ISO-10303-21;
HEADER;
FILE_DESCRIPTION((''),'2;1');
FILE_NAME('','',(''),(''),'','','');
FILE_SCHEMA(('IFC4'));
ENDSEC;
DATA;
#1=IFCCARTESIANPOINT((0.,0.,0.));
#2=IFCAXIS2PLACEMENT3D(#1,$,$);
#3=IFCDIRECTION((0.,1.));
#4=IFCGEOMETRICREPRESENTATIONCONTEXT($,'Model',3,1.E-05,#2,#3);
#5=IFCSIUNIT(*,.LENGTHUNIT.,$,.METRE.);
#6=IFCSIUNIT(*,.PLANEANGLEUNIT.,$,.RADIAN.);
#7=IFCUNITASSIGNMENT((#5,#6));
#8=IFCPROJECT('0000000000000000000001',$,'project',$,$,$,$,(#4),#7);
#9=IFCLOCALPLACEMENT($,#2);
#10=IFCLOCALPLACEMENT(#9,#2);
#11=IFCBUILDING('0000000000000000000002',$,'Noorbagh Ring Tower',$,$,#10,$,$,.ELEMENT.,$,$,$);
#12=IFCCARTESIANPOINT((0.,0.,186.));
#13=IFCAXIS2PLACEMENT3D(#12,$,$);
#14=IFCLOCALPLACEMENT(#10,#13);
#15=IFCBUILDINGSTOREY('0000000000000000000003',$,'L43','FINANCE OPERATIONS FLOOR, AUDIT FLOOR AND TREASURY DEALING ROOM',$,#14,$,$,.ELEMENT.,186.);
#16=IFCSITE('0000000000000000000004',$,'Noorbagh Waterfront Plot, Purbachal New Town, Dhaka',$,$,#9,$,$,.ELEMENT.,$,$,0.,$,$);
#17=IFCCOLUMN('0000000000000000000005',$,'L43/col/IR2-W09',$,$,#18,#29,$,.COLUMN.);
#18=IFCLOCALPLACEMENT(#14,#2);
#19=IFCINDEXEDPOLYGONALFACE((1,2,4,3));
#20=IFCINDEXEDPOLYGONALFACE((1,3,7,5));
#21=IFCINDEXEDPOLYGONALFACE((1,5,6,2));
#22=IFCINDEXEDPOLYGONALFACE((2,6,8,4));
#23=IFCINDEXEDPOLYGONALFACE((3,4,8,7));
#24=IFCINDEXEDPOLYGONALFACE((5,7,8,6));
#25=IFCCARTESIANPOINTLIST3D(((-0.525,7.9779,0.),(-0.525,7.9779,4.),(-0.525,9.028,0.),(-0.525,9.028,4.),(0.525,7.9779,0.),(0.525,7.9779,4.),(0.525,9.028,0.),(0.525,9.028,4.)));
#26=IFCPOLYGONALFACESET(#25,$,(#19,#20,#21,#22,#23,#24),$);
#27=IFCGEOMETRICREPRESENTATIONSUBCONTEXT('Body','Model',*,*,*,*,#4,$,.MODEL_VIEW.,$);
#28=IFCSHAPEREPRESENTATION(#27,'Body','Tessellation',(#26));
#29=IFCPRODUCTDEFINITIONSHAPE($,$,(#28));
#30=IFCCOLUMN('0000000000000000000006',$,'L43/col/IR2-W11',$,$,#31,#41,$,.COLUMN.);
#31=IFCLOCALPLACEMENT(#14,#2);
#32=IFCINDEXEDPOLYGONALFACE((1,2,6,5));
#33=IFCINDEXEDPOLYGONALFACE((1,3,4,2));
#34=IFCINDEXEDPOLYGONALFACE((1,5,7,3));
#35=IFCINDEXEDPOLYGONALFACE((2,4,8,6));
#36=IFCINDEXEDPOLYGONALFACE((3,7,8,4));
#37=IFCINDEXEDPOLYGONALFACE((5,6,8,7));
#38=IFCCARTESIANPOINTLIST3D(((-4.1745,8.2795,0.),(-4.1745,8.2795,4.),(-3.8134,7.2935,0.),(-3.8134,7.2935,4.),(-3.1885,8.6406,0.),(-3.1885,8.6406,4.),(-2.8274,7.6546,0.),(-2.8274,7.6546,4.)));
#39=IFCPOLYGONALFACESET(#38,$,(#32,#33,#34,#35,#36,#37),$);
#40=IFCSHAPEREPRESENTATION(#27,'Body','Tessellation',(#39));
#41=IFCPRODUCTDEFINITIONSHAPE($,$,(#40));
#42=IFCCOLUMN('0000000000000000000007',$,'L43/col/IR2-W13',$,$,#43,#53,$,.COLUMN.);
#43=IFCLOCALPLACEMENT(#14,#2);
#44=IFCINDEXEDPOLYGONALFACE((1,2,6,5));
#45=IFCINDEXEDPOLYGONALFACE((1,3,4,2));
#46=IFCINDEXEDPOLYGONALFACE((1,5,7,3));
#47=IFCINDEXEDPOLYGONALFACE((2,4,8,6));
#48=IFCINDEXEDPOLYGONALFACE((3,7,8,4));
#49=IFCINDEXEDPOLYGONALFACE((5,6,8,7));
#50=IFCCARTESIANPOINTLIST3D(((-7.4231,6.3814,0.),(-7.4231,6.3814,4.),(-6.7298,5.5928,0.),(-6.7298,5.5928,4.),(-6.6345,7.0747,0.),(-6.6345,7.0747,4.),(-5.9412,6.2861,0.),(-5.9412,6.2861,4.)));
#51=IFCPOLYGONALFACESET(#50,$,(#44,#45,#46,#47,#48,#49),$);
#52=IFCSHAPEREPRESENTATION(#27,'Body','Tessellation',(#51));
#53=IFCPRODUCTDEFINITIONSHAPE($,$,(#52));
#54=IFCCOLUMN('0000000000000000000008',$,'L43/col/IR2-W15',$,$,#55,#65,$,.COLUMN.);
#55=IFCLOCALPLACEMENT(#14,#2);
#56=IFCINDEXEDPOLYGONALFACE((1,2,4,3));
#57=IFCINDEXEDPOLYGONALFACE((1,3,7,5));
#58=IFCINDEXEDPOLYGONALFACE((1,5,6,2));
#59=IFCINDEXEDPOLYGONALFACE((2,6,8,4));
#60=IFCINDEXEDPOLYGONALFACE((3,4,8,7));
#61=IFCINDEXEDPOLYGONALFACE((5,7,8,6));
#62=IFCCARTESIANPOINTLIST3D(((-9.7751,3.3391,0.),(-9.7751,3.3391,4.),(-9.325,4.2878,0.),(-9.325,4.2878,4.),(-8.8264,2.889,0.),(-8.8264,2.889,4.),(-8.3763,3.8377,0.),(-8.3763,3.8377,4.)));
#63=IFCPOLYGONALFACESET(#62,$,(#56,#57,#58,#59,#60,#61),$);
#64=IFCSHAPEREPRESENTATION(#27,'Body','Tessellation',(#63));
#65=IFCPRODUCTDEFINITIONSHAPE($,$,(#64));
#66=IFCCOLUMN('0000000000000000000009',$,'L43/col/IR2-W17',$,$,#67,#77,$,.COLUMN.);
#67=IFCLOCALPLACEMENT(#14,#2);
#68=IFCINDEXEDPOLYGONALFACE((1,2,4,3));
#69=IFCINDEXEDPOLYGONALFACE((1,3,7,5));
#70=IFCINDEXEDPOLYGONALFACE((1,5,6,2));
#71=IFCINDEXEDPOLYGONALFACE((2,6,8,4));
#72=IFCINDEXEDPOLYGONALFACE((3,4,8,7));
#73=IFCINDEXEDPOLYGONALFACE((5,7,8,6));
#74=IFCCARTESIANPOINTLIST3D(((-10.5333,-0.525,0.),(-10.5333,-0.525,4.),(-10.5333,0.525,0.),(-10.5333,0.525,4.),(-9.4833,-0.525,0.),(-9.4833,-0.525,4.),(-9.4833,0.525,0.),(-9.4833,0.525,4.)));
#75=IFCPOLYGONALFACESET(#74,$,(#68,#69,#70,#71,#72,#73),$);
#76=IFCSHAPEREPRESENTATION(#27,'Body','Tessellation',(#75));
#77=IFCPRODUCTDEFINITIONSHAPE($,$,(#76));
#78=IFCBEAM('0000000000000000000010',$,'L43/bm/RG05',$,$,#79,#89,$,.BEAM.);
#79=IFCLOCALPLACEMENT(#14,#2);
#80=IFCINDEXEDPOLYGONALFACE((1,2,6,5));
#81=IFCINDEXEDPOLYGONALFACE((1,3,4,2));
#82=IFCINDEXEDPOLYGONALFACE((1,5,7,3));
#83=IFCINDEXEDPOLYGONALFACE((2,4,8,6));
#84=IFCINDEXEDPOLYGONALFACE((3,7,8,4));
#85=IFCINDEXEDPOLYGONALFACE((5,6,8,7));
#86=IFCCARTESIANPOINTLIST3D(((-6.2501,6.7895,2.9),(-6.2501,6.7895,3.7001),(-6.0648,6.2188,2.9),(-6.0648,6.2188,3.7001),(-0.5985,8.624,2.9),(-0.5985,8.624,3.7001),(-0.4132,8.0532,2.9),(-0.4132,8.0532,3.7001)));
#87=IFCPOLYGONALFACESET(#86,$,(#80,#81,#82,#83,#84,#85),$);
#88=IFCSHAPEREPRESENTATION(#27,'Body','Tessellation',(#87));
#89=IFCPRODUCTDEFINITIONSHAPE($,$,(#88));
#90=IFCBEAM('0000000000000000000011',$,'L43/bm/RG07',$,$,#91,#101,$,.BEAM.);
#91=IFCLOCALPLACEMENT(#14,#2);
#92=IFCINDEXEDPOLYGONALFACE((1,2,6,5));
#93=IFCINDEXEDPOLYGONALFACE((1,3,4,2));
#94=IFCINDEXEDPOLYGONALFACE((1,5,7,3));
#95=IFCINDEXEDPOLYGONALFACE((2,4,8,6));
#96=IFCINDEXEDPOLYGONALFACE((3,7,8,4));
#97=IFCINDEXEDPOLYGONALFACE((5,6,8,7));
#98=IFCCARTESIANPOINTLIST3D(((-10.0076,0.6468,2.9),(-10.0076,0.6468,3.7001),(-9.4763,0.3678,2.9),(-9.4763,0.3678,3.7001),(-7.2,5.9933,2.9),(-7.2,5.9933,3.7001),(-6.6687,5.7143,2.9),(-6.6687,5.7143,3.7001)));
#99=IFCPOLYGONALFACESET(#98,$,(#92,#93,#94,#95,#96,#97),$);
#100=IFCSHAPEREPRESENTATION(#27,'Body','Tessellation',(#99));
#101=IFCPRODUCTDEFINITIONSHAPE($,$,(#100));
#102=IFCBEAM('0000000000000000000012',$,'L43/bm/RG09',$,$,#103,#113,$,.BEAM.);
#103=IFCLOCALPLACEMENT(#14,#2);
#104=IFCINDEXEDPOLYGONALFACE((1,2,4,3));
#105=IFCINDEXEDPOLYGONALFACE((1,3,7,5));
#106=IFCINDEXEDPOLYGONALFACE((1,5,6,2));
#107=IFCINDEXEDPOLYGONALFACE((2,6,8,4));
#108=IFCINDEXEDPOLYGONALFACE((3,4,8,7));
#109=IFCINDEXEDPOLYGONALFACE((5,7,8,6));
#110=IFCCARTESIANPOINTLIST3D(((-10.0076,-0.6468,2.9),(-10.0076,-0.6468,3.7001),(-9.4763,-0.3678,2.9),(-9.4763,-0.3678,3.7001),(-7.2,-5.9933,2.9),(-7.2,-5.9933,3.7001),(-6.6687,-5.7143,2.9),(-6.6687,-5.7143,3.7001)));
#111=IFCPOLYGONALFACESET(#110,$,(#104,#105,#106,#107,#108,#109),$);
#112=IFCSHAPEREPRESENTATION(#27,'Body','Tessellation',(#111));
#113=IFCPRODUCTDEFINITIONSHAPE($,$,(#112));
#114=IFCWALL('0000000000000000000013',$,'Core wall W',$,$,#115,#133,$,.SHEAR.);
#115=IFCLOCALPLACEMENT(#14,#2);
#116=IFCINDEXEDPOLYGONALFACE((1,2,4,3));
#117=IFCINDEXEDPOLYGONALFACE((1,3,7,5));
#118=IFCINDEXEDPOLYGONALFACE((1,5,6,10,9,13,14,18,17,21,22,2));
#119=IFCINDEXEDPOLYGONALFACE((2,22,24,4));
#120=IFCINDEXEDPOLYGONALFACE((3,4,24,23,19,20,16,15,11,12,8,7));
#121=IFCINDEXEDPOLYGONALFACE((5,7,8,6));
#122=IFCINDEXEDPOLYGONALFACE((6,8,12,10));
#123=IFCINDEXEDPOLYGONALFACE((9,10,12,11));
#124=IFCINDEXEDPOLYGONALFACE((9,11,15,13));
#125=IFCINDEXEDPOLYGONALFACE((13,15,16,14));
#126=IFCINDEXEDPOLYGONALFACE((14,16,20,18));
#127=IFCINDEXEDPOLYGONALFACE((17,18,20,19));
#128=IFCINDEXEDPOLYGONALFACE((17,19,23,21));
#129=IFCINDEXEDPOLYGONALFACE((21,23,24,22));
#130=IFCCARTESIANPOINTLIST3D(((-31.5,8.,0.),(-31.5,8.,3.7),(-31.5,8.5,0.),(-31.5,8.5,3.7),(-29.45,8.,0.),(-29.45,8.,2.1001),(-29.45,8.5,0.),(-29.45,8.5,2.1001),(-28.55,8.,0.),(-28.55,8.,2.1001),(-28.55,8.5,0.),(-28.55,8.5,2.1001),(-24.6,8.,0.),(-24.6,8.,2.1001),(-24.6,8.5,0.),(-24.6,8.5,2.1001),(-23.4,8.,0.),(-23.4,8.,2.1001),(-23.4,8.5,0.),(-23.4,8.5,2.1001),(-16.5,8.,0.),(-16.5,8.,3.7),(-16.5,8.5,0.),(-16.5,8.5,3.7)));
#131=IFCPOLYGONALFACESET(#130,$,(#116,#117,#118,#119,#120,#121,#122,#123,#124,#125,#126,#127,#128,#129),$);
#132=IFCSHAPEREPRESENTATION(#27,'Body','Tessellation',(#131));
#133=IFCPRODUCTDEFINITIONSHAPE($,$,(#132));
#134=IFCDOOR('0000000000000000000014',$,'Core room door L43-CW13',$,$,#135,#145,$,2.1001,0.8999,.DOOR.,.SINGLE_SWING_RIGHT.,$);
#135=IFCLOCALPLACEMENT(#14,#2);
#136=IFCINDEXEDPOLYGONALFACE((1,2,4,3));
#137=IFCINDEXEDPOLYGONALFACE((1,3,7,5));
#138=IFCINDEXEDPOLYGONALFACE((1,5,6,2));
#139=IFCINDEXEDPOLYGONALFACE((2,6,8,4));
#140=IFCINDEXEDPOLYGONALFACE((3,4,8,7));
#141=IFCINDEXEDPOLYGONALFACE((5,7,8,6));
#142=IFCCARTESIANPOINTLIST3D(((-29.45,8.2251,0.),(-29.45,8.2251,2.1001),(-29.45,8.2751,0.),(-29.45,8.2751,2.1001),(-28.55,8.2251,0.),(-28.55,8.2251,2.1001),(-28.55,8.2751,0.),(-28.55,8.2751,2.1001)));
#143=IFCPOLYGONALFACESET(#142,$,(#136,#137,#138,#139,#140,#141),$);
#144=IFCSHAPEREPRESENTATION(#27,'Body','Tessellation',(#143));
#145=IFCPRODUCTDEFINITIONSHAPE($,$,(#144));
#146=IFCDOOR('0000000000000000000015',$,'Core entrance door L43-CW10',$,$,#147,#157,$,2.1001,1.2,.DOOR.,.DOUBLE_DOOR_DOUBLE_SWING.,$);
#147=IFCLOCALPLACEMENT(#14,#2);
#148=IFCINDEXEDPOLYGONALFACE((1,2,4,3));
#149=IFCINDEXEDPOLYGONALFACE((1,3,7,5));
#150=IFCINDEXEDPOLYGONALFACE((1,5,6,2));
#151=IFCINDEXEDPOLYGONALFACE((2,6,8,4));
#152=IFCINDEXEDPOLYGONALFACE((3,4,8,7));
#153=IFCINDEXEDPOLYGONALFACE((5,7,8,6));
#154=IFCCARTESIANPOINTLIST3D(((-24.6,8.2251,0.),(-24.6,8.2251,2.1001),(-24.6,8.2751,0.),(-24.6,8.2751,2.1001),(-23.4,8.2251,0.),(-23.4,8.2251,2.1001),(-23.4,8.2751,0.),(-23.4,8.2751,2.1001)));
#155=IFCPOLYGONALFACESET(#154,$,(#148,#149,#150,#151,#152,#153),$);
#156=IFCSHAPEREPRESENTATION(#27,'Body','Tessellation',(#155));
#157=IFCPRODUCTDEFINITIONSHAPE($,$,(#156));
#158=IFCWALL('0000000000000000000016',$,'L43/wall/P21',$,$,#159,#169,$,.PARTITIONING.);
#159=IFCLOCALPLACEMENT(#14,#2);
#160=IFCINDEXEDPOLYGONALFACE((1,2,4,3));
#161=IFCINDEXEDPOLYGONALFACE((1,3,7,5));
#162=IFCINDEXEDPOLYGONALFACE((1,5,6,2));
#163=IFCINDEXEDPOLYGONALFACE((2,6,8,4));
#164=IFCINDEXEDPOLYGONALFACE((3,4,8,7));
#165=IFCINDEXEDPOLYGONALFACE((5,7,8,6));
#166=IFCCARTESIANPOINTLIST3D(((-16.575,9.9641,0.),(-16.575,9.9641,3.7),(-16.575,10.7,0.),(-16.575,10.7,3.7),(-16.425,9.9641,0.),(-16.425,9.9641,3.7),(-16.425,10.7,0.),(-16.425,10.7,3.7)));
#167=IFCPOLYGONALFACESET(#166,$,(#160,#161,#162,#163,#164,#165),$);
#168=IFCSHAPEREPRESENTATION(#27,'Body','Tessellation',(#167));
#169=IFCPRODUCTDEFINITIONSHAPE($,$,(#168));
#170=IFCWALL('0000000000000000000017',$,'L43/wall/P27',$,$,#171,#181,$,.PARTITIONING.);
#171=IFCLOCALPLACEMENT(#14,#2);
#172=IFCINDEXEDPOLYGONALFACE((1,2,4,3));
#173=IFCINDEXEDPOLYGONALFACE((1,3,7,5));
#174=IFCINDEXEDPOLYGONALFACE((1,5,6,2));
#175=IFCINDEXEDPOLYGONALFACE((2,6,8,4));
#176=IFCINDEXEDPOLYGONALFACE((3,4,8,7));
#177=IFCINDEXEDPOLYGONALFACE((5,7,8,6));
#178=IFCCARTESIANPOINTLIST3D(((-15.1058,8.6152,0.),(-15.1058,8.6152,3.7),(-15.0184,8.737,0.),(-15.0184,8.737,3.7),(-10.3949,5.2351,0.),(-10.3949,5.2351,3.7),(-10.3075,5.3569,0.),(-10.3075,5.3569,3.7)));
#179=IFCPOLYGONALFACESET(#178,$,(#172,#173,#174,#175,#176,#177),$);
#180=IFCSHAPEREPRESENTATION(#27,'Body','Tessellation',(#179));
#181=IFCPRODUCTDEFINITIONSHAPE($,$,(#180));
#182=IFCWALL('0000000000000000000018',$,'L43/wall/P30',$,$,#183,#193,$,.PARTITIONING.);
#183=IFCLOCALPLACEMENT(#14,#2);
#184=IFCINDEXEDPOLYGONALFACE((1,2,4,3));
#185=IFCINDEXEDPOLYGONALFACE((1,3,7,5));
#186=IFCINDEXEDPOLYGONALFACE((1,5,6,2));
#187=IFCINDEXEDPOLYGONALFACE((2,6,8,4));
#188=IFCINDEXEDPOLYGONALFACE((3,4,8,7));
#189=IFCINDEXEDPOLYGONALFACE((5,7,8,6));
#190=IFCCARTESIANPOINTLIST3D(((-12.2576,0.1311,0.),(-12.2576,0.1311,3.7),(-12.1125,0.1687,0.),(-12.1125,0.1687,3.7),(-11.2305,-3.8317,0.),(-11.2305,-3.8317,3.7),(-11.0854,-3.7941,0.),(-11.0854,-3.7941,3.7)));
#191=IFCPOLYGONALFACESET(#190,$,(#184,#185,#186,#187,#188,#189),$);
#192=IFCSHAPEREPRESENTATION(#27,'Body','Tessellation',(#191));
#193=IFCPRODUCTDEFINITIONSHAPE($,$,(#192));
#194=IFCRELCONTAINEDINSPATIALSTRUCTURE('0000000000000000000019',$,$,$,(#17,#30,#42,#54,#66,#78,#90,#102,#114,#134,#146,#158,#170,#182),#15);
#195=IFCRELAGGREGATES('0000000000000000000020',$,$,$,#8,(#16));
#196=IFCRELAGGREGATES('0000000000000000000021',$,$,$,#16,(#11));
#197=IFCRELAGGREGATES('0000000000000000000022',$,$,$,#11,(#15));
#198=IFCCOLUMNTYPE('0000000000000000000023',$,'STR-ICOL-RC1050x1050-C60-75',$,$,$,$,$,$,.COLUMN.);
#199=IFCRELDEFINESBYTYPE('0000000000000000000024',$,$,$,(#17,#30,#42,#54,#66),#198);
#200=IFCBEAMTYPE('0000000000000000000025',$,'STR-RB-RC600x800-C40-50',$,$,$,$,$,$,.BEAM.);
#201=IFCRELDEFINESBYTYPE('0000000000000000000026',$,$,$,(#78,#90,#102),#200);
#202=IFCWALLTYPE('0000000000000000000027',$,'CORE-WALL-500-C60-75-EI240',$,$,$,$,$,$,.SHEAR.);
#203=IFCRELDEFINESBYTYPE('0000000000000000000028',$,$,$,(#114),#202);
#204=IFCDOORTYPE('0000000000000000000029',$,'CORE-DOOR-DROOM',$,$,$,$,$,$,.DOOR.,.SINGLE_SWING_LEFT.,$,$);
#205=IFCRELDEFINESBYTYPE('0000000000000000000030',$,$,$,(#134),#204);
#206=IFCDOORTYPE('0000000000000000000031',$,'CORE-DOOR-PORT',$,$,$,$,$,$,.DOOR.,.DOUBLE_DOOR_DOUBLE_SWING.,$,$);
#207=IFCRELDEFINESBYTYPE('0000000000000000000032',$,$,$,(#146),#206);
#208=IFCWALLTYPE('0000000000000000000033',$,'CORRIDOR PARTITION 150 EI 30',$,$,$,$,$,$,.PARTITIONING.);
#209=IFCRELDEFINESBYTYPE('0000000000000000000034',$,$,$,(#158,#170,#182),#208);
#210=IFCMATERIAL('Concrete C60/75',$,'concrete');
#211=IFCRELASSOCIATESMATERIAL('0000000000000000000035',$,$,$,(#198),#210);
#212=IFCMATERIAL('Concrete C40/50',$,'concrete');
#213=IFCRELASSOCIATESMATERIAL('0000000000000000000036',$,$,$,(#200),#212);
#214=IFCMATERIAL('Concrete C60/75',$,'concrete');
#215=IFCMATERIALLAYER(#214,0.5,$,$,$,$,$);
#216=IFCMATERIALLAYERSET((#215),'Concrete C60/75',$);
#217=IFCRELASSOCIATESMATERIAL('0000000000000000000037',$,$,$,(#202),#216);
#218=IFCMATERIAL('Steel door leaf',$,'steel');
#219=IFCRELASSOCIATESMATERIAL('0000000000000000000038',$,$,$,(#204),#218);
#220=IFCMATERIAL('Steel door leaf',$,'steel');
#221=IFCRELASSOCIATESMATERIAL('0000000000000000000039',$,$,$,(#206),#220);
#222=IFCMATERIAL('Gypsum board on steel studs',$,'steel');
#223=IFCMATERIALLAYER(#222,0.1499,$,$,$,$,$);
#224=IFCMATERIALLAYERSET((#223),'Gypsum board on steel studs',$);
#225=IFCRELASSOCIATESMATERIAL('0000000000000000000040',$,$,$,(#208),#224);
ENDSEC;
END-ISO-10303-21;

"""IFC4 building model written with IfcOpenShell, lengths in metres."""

from ifc_helpers import new_model, si_unit, direction, frame, frame_2d, origin, origin_2d, place, context, subcontext, project, spatial, rectangle, extrude, material, layer, layer_set, material_profile, profile_set, type_object, element, fill, save


model = new_model("IFC4")

# Units and contexts
model_context = context("Model", 3, precision=1e-05, world=origin(), true_north=direction((0.0, 1.0)))
body_context = subcontext(model_context, "Body", "Model", "MODEL_VIEW")
ifc_project = project(units=[si_unit("LENGTHUNIT", "METRE"), si_unit("PLANEANGLEUNIT", "RADIAN")], contexts=[model_context])

# Site, building, storey
site_placement = place(None, origin())
site = spatial("IfcSite", under=ifc_project, at=site_placement, Name="Noorbagh Waterfront Plot, Purbachal New Town, Dhaka", CompositionType="ELEMENT", RefElevation=0.0)
building_placement = place(site_placement, origin())
building = spatial("IfcBuilding", under=site, at=building_placement, Name="Noorbagh Ring Tower", CompositionType="ELEMENT")
storey_placement = place(building_placement, frame((0.0, 0.0, 186.0)))
storey = spatial("IfcBuildingStorey", under=building, at=storey_placement, Name="L43", Description="FINANCE OPERATIONS FLOOR, AUDIT FLOOR AND TREASURY DEALING ROOM", CompositionType="ELEMENT", Elevation=186.0)

# Columns
ifc_material_1 = material(Name="Concrete C60/75", Category="concrete")
ifc_material_profile_1 = material_profile(ifc_material_1, rectangle(XDim=1.05, YDim=1.05, at=origin_2d()), Name="RC1050x1050")
ifc_profile_set_1 = profile_set([ifc_material_profile_1], Name="Concrete C60/75")
column_type = type_object("IfcColumnType", Name="STR-ICOL-RC1050x1050-C60-75", PredefinedType="COLUMN", material=ifc_profile_set_1)
for number, where, z_axis, x_axis, name in (
    (1, (0.0, 8.5029, 0.0), (0.0, 0.0, 1.0), (-1.0, 0.0, 0.0), "L43/col/IR2-W09"),
    (2, (-3.501, 7.967, 0.0), (0.0, 0.0, 1.0), (-0.93902, -0.343864, 0.0), "L43/col/IR2-W11"),
    (3, (-6.6821, 6.3337, 0.0), (0.0, 0.0, 1.0), (-0.751022, -0.660277, 0.0), "L43/col/IR2-W13"),
    (4, (-9.0757, 3.5884, 0.0), (0.0, 0.0, 1.0), (-0.428667, -0.903463, 0.0), "L43/col/IR2-W15"),
    (5, (-10.0083, 0.0, 0.0), (0.0, 0.0, 1.0), (0.0, -1.0, 0.0), "L43/col/IR2-W17"),
):
    element("IfcColumn", number, at=place(storey_placement, frame(where, z_axis=z_axis, x_axis=x_axis)), inside=storey, type_object=column_type, Name=name, PredefinedType="COLUMN", context=body_context, shape_type="SweptSolid", body=[
        extrude(rectangle(XDim=1.05, YDim=1.05, at=origin_2d()), origin(), (0.0, 0.0, 1.0), 4.0),
    ])

# Beams
ifc_material_2 = material(Name="Concrete C40/50", Category="concrete")
ifc_material_profile_2 = material_profile(ifc_material_2, rectangle(XDim=0.6001, YDim=0.8, at=origin_2d()), Name="RC600x800")
ifc_profile_set_2 = profile_set([ifc_material_profile_2], Name="Concrete C40/50")
beam_type = type_object("IfcBeamType", Name="STR-RB-RC600x800-C40-50", PredefinedType="BEAM", material=ifc_profile_set_2)
beam_placement = place(storey_placement, frame((-0.5059, 8.3386, 3.3), z_axis=(-0.951148, -0.308736, 0.0), x_axis=(0.308736, -0.951148, 0.0)))
element("IfcBeam", 6, at=beam_placement, inside=storey, type_object=beam_type, Name="L43/bm/RG05", PredefinedType="BEAM", context=body_context, shape_type="SweptSolid", body=[
    extrude(rectangle(XDim=0.6001, YDim=0.8, at=origin_2d()), origin(), (0.0, 0.0, 1.0), 5.9419),
])
for number, where, z_axis, x_axis, name in (
    (7, (-6.9343, 5.8538, 3.3), (-0.46493, -0.885348, 0.0), (0.885348, -0.46493, 0.0), "L43/bm/RG07"),
    (8, (-9.7419, -0.5073, 3.3), (0.46493, -0.885348, 0.0), (0.885348, 0.46493, 0.0), "L43/bm/RG09"),
):
    element("IfcBeam", number, at=place(storey_placement, frame(where, z_axis=z_axis, x_axis=x_axis)), inside=storey, type_object=beam_type, Name=name, PredefinedType="BEAM", context=body_context, shape_type="SweptSolid", body=[
        extrude(rectangle(XDim=0.6001, YDim=0.8, at=origin_2d()), origin(), (0.0, 0.0, 1.0), 6.0388),
    ])

# Wall, openings, doors
ifc_material_3 = material(Name="Concrete C60/75", Category="concrete")
ifc_layer_1 = layer(ifc_material_3, 0.5)
ifc_layer_set_1 = layer_set([ifc_layer_1], Name="Concrete C60/75")
wall_type_1 = type_object("IfcWallType", Name="CORE-WALL-500-C60-75-EI240", PredefinedType="SHEAR", material=ifc_layer_set_1)
wall_1_placement = place(storey_placement, frame((-16.5, 8.25, 0.0), z_axis=(0.0, 0.0, 1.0), x_axis=(-1.0, 0.0, 0.0)))
wall_1 = element("IfcWall", 9, at=wall_1_placement, inside=storey, type_object=wall_type_1, Name="Core wall W", PredefinedType="SHEAR", context=body_context, shape_type="SweptSolid", body=[
    extrude(rectangle(XDim=15.0, YDim=0.5, at=frame_2d((7.5, 0.0))), origin(), (0.0, 0.0, 1.0), 3.7),
])
opening_1_placement = place(wall_1_placement, frame((6.8999, 0.0, 0.0)))
opening_1 = element("IfcOpeningElement", 10, at=opening_1_placement, cuts=wall_1, PredefinedType="OPENING", context=body_context, shape_type="SweptSolid", body=[
    extrude(rectangle(XDim=1.2, YDim=2.1001, at=frame_2d((0.6001, 1.05))), frame((0.0, 0.26, 0.0), z_axis=(0.0, -1.0, 0.0), x_axis=(1.0, 0.0, 0.0)), (0.0, 0.0, 1.0), 0.52),
])
opening_2_placement = place(wall_1_placement, frame((12.05, 0.0, 0.0)))
opening_2 = element("IfcOpeningElement", 11, at=opening_2_placement, cuts=wall_1, PredefinedType="OPENING", context=body_context, shape_type="SweptSolid", body=[
    extrude(rectangle(XDim=0.8999, YDim=2.1001, at=frame_2d((0.45, 1.05))), frame((0.0, 0.26, 0.0), z_axis=(0.0, -1.0, 0.0), x_axis=(1.0, 0.0, 0.0)), (0.0, 0.0, 1.0), 0.52),
])
ifc_material_4 = material(Name="Steel door leaf", Category="steel")
door_type_1 = type_object("IfcDoorType", Name="CORE-DOOR-DROOM", OperationType="SINGLE_SWING_LEFT", PredefinedType="DOOR", material=ifc_material_4)
door_1_placement = place(opening_2_placement, origin())
door_1 = element("IfcDoor", 12, at=door_1_placement, inside=storey, type_object=door_type_1, Name="Core room door L43-CW13", OperationType="SINGLE_SWING_RIGHT", OverallHeight=2.1001, OverallWidth=0.8999, PredefinedType="DOOR", context=body_context, shape_type="SweptSolid", body=[
    extrude(rectangle(XDim=0.8999, YDim=2.1001, at=frame_2d((0.45, 1.05))), frame((0.0, 0.0249, 0.0), z_axis=(0.0, -1.0, 0.0), x_axis=(1.0, 0.0, 0.0)), (0.0, 0.0, 1.0), 0.05),
])
fill(opening_2, door_1)
ifc_material_5 = material(Name="Steel door leaf", Category="steel")
door_type_2 = type_object("IfcDoorType", Name="CORE-DOOR-PORT", OperationType="DOUBLE_DOOR_DOUBLE_SWING", PredefinedType="DOOR", material=ifc_material_5)
door_2_placement = place(opening_1_placement, origin())
door_2 = element("IfcDoor", 13, at=door_2_placement, inside=storey, type_object=door_type_2, Name="Core entrance door L43-CW10", OperationType="DOUBLE_DOOR_DOUBLE_SWING", OverallHeight=2.1001, OverallWidth=1.2, PredefinedType="DOOR", context=body_context, shape_type="SweptSolid", body=[
    extrude(rectangle(XDim=1.2, YDim=2.1001, at=frame_2d((0.6001, 1.05))), frame((0.0, 0.0249, 0.0), z_axis=(0.0, -1.0, 0.0), x_axis=(1.0, 0.0, 0.0)), (0.0, 0.0, 1.0), 0.05),
])
fill(opening_1, door_2)

# Walls
ifc_material_6 = material(Name="Gypsum board on steel studs", Category="steel")
ifc_layer_2 = layer(ifc_material_6, 0.1499)
ifc_layer_set_2 = layer_set([ifc_layer_2], Name="Gypsum board on steel studs")
wall_type_2 = type_object("IfcWallType", Name="CORRIDOR PARTITION 150 EI 30", PredefinedType="PARTITIONING", material=ifc_layer_set_2)
wall_2_placement = place(storey_placement, frame((-16.5, 9.9641, 0.0), z_axis=(0.0, 0.0, 1.0), x_axis=(0.0, 1.0, 0.0)))
element("IfcWall", 14, at=wall_2_placement, inside=storey, type_object=wall_type_2, Name="L43/wall/P21", PredefinedType="PARTITIONING", context=body_context, shape_type="SweptSolid", body=[
    extrude(rectangle(XDim=0.7358, YDim=0.1499, at=frame_2d((0.3679, 0.0))), origin(), (0.0, 0.0, 1.0), 3.7),
])
wall_3_placement = place(storey_placement, frame((-15.062, 8.676, 0.0), z_axis=(0.0, 0.0, 1.0), x_axis=(0.812494, -0.58297, 0.0)))
element("IfcWall", 15, at=wall_3_placement, inside=storey, type_object=wall_type_2, Name="L43/wall/P27", PredefinedType="PARTITIONING", context=body_context, shape_type="SweptSolid", body=[
    extrude(rectangle(XDim=5.7981, YDim=0.1499, at=frame_2d((2.8989, 0.0))), origin(), (0.0, 0.0, 1.0), 3.7),
])
wall_4_placement = place(storey_placement, frame((-12.1851, 0.1499, 0.0), z_axis=(0.0, 0.0, 1.0), x_axis=(0.25089, -0.968016, 0.0)))
element("IfcWall", 16, at=wall_4_placement, inside=storey, type_object=wall_type_2, Name="L43/wall/P30", PredefinedType="PARTITIONING", context=body_context, shape_type="SweptSolid", body=[
    extrude(rectangle(XDim=4.0938, YDim=0.1499, at=frame_2d((2.0469, 0.0))), origin(), (0.0, 0.0, 1.0), 3.7),
])

save(model, "model.ifc")
